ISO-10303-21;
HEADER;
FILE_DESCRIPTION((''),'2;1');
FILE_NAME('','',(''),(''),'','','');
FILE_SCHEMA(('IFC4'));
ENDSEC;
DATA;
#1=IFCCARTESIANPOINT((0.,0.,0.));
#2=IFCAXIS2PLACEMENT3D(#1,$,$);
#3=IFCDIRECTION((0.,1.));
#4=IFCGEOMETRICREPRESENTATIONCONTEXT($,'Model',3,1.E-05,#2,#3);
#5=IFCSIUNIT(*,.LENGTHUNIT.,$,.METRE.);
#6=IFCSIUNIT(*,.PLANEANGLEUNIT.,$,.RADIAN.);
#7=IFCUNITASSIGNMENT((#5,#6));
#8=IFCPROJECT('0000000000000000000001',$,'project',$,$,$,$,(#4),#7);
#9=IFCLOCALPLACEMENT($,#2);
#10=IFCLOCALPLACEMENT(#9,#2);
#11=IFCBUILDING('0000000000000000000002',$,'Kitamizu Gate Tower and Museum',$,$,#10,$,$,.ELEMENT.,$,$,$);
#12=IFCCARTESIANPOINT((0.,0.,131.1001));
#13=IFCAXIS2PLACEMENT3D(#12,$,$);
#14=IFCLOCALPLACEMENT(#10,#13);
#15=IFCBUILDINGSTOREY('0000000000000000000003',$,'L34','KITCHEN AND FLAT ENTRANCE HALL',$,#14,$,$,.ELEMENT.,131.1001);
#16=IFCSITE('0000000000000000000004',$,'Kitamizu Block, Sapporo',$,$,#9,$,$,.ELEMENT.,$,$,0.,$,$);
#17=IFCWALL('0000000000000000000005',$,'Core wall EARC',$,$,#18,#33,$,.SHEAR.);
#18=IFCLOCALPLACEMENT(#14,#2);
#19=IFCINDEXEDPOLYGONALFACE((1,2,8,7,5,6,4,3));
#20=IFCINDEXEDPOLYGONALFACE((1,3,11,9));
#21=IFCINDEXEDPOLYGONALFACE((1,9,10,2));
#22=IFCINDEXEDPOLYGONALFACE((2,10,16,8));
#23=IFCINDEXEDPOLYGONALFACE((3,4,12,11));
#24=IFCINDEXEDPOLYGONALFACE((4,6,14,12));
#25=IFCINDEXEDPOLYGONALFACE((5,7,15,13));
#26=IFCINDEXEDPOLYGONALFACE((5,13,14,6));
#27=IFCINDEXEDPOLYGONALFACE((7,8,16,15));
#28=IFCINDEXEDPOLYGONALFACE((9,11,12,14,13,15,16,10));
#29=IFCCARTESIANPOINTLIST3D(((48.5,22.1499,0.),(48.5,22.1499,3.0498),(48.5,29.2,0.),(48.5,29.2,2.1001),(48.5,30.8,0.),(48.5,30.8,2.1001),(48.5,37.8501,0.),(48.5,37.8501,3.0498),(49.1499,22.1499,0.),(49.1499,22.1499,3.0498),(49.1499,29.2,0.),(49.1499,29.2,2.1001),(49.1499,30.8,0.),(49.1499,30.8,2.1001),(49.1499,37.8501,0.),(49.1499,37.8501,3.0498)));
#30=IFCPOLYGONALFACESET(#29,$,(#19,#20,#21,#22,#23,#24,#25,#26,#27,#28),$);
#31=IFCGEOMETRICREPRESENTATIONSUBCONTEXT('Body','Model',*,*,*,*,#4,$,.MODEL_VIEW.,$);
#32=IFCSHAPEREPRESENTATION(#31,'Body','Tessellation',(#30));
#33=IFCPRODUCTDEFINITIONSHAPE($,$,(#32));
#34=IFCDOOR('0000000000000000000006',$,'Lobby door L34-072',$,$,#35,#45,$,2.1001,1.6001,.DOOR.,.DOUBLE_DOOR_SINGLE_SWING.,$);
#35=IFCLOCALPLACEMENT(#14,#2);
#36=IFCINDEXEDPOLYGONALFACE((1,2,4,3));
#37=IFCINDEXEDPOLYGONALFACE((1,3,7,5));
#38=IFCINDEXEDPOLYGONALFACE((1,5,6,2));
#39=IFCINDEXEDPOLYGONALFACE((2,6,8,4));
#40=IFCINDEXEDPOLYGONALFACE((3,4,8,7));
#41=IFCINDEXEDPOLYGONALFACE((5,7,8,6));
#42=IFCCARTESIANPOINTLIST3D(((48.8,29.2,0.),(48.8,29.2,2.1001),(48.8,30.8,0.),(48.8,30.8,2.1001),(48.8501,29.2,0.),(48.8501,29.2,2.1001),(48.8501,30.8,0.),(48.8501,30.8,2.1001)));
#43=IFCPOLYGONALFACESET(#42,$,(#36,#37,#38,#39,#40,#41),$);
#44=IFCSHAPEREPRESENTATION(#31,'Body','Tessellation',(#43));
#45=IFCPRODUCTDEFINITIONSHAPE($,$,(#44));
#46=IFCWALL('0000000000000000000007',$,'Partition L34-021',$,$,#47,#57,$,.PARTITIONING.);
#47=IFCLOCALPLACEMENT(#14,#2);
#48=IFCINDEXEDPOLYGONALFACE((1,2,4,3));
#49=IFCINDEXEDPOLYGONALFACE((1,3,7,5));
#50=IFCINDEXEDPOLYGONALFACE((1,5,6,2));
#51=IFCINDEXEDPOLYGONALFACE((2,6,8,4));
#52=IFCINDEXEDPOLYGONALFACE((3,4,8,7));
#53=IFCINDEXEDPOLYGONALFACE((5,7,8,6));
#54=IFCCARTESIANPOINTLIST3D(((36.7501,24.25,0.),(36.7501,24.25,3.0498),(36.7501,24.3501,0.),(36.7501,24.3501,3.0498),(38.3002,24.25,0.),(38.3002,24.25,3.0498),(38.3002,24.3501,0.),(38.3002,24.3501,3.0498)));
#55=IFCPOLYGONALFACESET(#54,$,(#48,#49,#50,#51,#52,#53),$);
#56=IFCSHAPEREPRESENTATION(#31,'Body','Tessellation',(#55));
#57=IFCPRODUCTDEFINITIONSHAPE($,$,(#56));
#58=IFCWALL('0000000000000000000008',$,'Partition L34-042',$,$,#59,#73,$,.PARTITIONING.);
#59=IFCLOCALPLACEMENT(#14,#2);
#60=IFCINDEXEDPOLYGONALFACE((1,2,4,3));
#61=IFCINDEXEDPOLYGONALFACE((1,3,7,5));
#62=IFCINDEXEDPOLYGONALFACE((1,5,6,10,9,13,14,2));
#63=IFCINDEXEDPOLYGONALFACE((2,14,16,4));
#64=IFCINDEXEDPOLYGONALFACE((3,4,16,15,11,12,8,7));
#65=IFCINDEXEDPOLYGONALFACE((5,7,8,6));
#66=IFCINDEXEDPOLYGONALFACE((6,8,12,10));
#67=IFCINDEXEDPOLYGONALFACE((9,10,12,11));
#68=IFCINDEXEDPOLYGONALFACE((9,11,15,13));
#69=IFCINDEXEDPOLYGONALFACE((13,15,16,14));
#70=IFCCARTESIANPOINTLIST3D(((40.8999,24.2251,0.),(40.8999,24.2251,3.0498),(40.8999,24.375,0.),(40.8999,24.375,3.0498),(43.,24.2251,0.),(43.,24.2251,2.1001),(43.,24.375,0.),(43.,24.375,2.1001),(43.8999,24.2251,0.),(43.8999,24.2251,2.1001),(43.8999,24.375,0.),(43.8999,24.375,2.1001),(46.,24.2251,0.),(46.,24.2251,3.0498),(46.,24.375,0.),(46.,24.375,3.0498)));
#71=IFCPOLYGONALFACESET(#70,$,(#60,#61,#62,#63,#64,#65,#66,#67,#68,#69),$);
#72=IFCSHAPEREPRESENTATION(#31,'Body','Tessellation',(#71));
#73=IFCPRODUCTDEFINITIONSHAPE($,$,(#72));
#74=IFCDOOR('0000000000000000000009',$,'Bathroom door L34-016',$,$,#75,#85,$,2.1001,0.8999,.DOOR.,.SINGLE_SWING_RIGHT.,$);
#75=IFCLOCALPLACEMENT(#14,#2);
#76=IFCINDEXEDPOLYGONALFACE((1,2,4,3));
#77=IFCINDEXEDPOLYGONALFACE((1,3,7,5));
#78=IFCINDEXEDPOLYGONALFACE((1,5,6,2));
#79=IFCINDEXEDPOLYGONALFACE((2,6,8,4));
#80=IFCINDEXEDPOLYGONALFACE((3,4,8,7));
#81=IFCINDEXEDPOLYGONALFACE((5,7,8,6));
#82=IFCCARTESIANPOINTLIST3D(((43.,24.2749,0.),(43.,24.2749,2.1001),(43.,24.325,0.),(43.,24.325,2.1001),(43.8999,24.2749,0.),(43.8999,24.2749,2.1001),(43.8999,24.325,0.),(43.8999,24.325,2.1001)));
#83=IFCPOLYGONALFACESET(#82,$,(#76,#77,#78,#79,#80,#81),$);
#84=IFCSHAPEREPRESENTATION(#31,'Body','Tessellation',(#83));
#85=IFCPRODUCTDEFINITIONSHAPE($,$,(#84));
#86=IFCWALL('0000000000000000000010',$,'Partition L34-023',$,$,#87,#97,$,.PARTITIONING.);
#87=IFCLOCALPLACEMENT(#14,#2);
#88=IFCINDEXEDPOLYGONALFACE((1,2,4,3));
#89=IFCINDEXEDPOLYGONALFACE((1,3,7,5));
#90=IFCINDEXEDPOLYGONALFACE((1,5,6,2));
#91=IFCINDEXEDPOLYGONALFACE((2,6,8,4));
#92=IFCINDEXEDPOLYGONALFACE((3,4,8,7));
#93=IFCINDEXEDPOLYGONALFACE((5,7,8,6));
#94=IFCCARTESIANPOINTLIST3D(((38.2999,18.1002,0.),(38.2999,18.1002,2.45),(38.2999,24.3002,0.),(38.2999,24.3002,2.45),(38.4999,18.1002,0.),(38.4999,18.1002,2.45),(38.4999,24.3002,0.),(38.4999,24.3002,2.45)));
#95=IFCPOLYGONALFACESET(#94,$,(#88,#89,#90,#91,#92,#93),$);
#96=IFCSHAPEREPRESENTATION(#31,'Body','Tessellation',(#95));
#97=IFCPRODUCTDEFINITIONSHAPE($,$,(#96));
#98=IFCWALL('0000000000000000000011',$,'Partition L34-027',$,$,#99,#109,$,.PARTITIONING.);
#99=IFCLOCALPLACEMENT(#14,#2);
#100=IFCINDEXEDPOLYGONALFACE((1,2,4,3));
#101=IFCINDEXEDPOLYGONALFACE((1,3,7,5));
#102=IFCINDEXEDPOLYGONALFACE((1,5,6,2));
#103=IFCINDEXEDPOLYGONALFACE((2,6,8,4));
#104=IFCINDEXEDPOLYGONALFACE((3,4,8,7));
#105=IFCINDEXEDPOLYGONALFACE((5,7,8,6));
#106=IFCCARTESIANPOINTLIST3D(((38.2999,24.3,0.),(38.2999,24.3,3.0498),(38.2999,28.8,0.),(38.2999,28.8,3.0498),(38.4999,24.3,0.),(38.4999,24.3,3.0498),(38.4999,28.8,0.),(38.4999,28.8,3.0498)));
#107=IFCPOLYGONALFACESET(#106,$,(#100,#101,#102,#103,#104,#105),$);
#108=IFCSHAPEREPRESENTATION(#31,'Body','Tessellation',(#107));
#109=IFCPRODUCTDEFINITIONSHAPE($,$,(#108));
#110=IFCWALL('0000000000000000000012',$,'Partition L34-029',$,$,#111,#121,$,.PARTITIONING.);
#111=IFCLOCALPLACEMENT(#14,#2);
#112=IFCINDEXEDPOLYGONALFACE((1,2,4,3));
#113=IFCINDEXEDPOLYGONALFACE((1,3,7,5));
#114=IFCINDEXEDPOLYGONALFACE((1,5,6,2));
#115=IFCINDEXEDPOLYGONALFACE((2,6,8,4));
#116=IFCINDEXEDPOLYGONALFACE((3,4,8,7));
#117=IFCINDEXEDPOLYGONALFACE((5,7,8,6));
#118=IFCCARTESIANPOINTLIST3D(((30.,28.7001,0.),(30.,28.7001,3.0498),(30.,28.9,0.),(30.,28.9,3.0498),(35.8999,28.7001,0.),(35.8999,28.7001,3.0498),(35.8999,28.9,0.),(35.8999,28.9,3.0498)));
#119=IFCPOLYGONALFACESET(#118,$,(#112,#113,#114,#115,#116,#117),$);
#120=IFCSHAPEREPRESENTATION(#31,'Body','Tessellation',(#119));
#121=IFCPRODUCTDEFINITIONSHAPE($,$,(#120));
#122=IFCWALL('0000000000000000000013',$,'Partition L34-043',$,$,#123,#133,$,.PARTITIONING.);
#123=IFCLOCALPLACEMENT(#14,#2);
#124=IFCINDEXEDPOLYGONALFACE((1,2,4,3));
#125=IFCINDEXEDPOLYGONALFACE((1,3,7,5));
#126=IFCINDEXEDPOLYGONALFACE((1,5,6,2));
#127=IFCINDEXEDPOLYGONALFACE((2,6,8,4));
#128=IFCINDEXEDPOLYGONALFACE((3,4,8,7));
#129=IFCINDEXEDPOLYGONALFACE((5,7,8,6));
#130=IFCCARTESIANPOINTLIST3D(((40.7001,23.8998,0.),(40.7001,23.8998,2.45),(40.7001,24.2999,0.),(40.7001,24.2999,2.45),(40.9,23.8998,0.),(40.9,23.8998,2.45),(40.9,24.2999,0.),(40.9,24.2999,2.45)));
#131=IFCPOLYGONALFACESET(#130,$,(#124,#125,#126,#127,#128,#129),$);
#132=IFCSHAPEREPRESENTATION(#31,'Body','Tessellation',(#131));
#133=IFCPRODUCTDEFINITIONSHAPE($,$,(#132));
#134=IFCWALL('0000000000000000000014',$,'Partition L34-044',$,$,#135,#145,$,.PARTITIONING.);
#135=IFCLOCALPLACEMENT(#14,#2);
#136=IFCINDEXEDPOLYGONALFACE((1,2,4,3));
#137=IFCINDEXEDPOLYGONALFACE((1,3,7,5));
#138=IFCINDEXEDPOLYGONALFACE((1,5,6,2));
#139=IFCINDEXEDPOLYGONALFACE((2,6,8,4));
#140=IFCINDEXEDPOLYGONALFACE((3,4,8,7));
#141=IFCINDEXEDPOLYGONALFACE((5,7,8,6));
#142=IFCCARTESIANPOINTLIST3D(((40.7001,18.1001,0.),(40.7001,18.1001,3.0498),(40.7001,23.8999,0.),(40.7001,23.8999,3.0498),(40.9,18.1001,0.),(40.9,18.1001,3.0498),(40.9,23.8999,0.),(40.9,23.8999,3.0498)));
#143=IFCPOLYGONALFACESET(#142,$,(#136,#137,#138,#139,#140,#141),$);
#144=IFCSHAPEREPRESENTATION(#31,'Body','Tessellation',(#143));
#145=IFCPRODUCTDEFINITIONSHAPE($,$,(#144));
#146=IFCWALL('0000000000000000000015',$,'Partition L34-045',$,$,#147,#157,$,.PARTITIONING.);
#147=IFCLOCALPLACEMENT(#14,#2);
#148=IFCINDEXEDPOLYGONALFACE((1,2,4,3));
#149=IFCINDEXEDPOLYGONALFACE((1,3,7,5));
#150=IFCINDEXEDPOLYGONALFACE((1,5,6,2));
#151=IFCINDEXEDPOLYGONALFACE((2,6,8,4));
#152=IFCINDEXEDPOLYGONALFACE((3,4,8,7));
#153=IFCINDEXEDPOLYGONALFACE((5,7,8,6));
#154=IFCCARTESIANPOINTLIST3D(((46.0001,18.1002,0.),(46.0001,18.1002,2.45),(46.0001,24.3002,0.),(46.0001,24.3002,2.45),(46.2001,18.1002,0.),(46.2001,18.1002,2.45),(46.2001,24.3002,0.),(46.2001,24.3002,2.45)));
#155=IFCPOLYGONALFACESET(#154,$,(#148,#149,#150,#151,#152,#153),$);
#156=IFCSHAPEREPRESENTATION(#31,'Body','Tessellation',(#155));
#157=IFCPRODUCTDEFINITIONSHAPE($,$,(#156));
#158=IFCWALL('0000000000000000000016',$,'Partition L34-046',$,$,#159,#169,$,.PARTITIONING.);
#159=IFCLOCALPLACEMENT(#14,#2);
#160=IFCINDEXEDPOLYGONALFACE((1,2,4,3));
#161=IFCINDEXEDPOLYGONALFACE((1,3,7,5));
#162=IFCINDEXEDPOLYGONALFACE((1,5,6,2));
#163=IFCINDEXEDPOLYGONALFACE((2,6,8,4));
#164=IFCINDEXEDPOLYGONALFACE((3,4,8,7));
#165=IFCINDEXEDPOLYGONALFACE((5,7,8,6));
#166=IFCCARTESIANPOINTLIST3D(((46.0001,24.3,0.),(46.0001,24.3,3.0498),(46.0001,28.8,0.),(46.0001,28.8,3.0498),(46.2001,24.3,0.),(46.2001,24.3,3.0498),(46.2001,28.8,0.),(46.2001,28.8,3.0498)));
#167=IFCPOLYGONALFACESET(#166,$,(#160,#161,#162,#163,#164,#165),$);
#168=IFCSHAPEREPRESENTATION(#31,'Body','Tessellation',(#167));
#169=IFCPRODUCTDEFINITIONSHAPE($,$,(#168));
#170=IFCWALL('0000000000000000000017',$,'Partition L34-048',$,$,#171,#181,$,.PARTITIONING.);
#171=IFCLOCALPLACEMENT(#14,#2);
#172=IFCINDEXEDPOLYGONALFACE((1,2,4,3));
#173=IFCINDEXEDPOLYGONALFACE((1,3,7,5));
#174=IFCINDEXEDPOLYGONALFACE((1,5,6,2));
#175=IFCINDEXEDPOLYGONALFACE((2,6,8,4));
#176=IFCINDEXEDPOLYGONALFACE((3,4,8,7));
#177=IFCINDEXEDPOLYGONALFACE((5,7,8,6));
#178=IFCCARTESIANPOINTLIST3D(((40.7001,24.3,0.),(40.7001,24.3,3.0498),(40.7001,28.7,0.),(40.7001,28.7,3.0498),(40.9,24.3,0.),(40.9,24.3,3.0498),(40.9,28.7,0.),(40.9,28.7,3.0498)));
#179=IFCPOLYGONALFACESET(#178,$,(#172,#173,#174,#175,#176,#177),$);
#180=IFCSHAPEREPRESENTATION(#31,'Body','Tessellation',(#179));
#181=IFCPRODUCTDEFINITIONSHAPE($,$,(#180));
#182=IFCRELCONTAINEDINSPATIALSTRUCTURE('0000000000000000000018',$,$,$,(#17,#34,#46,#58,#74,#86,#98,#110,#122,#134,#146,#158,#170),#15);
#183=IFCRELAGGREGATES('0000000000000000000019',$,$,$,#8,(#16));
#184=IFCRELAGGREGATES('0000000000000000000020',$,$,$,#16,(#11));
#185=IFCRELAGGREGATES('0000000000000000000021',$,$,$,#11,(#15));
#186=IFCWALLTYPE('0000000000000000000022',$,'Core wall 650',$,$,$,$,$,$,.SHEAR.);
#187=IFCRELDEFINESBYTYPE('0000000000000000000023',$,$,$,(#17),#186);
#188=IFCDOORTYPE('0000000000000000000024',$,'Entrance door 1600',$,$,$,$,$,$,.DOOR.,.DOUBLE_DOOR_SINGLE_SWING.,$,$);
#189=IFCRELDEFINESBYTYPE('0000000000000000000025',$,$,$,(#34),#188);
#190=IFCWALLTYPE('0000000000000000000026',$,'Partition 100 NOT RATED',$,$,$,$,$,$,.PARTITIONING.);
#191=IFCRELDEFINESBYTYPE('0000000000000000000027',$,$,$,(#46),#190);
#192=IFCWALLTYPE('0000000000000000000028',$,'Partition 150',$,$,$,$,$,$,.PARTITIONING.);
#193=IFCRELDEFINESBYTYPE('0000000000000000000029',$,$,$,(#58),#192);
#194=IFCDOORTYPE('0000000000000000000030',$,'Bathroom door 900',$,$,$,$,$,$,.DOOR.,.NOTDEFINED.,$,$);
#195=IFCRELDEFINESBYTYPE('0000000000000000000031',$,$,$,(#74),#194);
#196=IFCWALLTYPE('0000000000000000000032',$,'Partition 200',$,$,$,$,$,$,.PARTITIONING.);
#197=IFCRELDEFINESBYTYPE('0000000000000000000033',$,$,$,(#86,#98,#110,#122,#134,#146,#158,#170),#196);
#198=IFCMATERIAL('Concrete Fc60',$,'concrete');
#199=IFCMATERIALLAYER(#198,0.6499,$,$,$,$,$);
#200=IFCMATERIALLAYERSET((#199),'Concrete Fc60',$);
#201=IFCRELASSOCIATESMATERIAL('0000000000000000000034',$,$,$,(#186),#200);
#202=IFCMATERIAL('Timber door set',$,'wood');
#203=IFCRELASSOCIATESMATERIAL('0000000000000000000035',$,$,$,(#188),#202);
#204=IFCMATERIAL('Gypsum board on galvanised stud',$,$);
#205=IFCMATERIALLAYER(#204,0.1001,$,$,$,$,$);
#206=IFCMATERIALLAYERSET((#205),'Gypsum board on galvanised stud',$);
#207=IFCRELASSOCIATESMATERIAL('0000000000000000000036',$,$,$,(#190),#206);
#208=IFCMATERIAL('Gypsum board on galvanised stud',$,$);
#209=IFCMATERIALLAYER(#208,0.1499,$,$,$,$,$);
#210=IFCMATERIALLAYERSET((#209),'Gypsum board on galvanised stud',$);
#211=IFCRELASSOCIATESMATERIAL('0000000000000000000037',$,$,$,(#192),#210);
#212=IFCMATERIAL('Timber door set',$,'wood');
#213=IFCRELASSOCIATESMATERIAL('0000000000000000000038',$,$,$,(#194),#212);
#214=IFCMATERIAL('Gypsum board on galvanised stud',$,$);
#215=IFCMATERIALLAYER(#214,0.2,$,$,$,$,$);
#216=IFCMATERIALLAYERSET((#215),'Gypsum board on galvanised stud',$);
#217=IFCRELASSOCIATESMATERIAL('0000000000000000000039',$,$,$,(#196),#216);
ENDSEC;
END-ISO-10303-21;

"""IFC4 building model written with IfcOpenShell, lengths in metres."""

from ifc_helpers import new_model, si_unit, direction, frame, frame_2d, origin, place, context, subcontext, project, spatial, rectangle, extrude, material, layer, layer_set, type_object, element, fill, save


model = new_model("IFC4")

# Units and contexts
model_context = context("Model", 3, precision=1e-05, world=origin(), true_north=direction((0.0, 1.0)))
body_context = subcontext(model_context, "Body", "Model", "MODEL_VIEW")
ifc_project = project(units=[si_unit("LENGTHUNIT", "METRE"), si_unit("PLANEANGLEUNIT", "RADIAN")], contexts=[model_context])

# Site, building, storey
site_placement = place(None, origin())
site = spatial("IfcSite", under=ifc_project, at=site_placement, Name="Kitamizu Block, Sapporo", CompositionType="ELEMENT", RefElevation=0.0)
building_placement = place(site_placement, origin())
building = spatial("IfcBuilding", under=site, at=building_placement, Name="Kitamizu Gate Tower and Museum", CompositionType="ELEMENT")
storey_placement = place(building_placement, frame((0.0, 0.0, 131.1001)))
storey = spatial("IfcBuildingStorey", under=building, at=storey_placement, Name="L34", Description="KITCHEN AND FLAT ENTRANCE HALL", CompositionType="ELEMENT", Elevation=131.1001)

# Wall, opening, door
ifc_material_1 = material(Name="Concrete Fc60", Category="concrete")
ifc_layer_1 = layer(ifc_material_1, 0.6499)
ifc_layer_set_1 = layer_set([ifc_layer_1], Name="Concrete Fc60")
wall_type_1 = type_object("IfcWallType", Name="Core wall 650", PredefinedType="SHEAR", material=ifc_layer_set_1)
wall_1_placement = place(storey_placement, frame((48.825, 22.1499, 0.0), z_axis=(0.0, 0.0, 1.0), x_axis=(0.0, 1.0, 0.0)))
wall_1 = element("IfcWall", 1, at=wall_1_placement, inside=storey, type_object=wall_type_1, Name="Core wall EARC", PredefinedType="SHEAR", context=body_context, shape_type="SweptSolid", body=[
    extrude(rectangle(XDim=15.7002, YDim=0.6499, at=frame_2d((7.8501, 0.0))), origin(), (0.0, 0.0, 1.0), 3.0498),
])
opening_1_placement = place(wall_1_placement, frame((7.05, 0.0, 0.0)))
opening_1 = element("IfcOpeningElement", 2, at=opening_1_placement, cuts=wall_1, PredefinedType="OPENING", context=body_context, shape_type="SweptSolid", body=[
    extrude(rectangle(XDim=1.6001, YDim=2.1001, at=frame_2d((0.8, 1.05))), frame((0.0, 0.335, 0.0), z_axis=(0.0, -1.0, 0.0), x_axis=(1.0, 0.0, 0.0)), (0.0, 0.0, 1.0), 0.6699),
])
ifc_material_2 = material(Name="Timber door set", Category="wood")
door_type_1 = type_object("IfcDoorType", Name="Entrance door 1600", OperationType="DOUBLE_DOOR_SINGLE_SWING", PredefinedType="DOOR", material=ifc_material_2)
door_1_placement = place(opening_1_placement, origin())
door_1 = element("IfcDoor", 3, at=door_1_placement, inside=storey, type_object=door_type_1, Name="Lobby door L34-072", OperationType="DOUBLE_DOOR_SINGLE_SWING", OverallHeight=2.1001, OverallWidth=1.6001, PredefinedType="DOOR", context=body_context, shape_type="SweptSolid", body=[
    extrude(rectangle(XDim=1.6001, YDim=2.1001, at=frame_2d((0.8, 1.05))), frame((0.0, 0.0249, 0.0), z_axis=(0.0, -1.0, 0.0), x_axis=(1.0, 0.0, 0.0)), (0.0, 0.0, 1.0), 0.05),
])
fill(opening_1, door_1)

# Wall
ifc_material_3 = material(Name="Gypsum board on galvanised stud")
ifc_layer_2 = layer(ifc_material_3, 0.1001)
ifc_layer_set_2 = layer_set([ifc_layer_2], Name="Gypsum board on galvanised stud")
wall_type_2 = type_object("IfcWallType", Name="Partition 100 NOT RATED", PredefinedType="PARTITIONING", material=ifc_layer_set_2)
wall_2_placement = place(storey_placement, frame((38.3, 24.3, 0.0), z_axis=(0.0, 0.0, 1.0), x_axis=(-1.0, 0.0, 0.0)))
element("IfcWall", 4, at=wall_2_placement, inside=storey, type_object=wall_type_2, Name="Partition L34-021", PredefinedType="PARTITIONING", context=body_context, shape_type="SweptSolid", body=[
    extrude(rectangle(XDim=1.55, YDim=0.1001, at=frame_2d((0.7749, 0.0))), origin(), (0.0, 0.0, 1.0), 3.0498),
])

# Wall, opening, door
ifc_material_4 = material(Name="Gypsum board on galvanised stud")
ifc_layer_3 = layer(ifc_material_4, 0.1499)
ifc_layer_set_3 = layer_set([ifc_layer_3], Name="Gypsum board on galvanised stud")
wall_type_3 = type_object("IfcWallType", Name="Partition 150", PredefinedType="PARTITIONING", material=ifc_layer_set_3)
wall_3_placement = place(storey_placement, frame((46.0, 24.3, 0.0), z_axis=(0.0, 0.0, 1.0), x_axis=(-1.0, 0.0, 0.0)))
wall_3 = element("IfcWall", 5, at=wall_3_placement, inside=storey, type_object=wall_type_3, Name="Partition L34-042", PredefinedType="PARTITIONING", context=body_context, shape_type="SweptSolid", body=[
    extrude(rectangle(XDim=5.1001, YDim=0.1499, at=frame_2d((2.55, 0.0))), origin(), (0.0, 0.0, 1.0), 3.0498),
])
opening_2_placement = place(wall_3_placement, frame((2.1001, 0.0, 0.0)))
opening_2 = element("IfcOpeningElement", 6, at=opening_2_placement, cuts=wall_3, PredefinedType="OPENING", context=body_context, shape_type="SweptSolid", body=[
    extrude(rectangle(XDim=0.8999, YDim=2.1001, at=frame_2d((0.45, 1.05))), frame((0.0, 0.085, 0.0), z_axis=(0.0, -1.0, 0.0), x_axis=(1.0, 0.0, 0.0)), (0.0, 0.0, 1.0), 0.1699),
])
ifc_material_5 = material(Name="Timber door set", Category="wood")
door_type_2 = type_object("IfcDoorType", Name="Bathroom door 900", OperationType="NOTDEFINED", PredefinedType="DOOR", material=ifc_material_5)
door_2_placement = place(opening_2_placement, frame((0.8999, 0.0, 0.0), x_axis=(-1.0, 0.0, 0.0)))
door_2 = element("IfcDoor", 7, at=door_2_placement, inside=storey, type_object=door_type_2, Name="Bathroom door L34-016", OperationType="SINGLE_SWING_RIGHT", OverallHeight=2.1001, OverallWidth=0.8999, PredefinedType="DOOR", context=body_context, shape_type="SweptSolid", body=[
    extrude(rectangle(XDim=0.8999, YDim=2.1001, at=frame_2d((0.45, 1.05))), frame((0.0, 0.0249, 0.0), z_axis=(0.0, -1.0, 0.0), x_axis=(1.0, 0.0, 0.0)), (0.0, 0.0, 1.0), 0.05),
])
fill(opening_2, door_2)

# Walls
ifc_material_6 = material(Name="Gypsum board on galvanised stud")
ifc_layer_4 = layer(ifc_material_6, 0.2)
ifc_layer_set_4 = layer_set([ifc_layer_4], Name="Gypsum board on galvanised stud")
wall_type_4 = type_object("IfcWallType", Name="Partition 200", PredefinedType="PARTITIONING", material=ifc_layer_set_4)
wall_4_placement = place(storey_placement, frame((38.3999, 18.1001, 0.0), z_axis=(0.0, 0.0, 1.0), x_axis=(0.0, 1.0, 0.0)))
element("IfcWall", 8, at=wall_4_placement, inside=storey, type_object=wall_type_4, Name="Partition L34-023", PredefinedType="PARTITIONING", context=body_context, shape_type="SweptSolid", body=[
    extrude(rectangle(XDim=6.2, YDim=0.2, at=frame_2d((3.1001, 0.0))), origin(), (0.0, 0.0, 1.0), 2.45),
])
wall_5_placement = place(storey_placement, frame((38.3999, 24.3, 0.0), z_axis=(0.0, 0.0, 1.0), x_axis=(0.0, 1.0, 0.0)))
element("IfcWall", 9, at=wall_5_placement, inside=storey, type_object=wall_type_4, Name="Partition L34-027", PredefinedType="PARTITIONING", context=body_context, shape_type="SweptSolid", body=[
    extrude(rectangle(XDim=4.5, YDim=0.2, at=frame_2d((2.25, 0.0))), origin(), (0.0, 0.0, 1.0), 3.0498),
])
wall_6_placement = place(storey_placement, frame((35.8999, 28.8, 0.0), z_axis=(0.0, 0.0, 1.0), x_axis=(-1.0, 0.0, 0.0)))
element("IfcWall", 10, at=wall_6_placement, inside=storey, type_object=wall_type_4, Name="Partition L34-029", PredefinedType="PARTITIONING", context=body_context, shape_type="SweptSolid", body=[
    extrude(rectangle(XDim=5.8999, YDim=0.2, at=frame_2d((2.95, 0.0))), origin(), (0.0, 0.0, 1.0), 3.0498),
])
wall_7_placement = place(storey_placement, frame((40.8, 24.3, 0.0), z_axis=(0.0, 0.0, 1.0), x_axis=(0.0, -1.0, 0.0)))
element("IfcWall", 11, at=wall_7_placement, inside=storey, type_object=wall_type_4, Name="Partition L34-043", PredefinedType="PARTITIONING", context=body_context, shape_type="SweptSolid", body=[
    extrude(rectangle(XDim=0.4001, YDim=0.2, at=frame_2d((0.2002, 0.0))), origin(), (0.0, 0.0, 1.0), 2.45),
])
wall_8_placement = place(storey_placement, frame((40.8, 23.8999, 0.0), z_axis=(0.0, 0.0, 1.0), x_axis=(0.0, -1.0, 0.0)))
element("IfcWall", 12, at=wall_8_placement, inside=storey, type_object=wall_type_4, Name="Partition L34-044", PredefinedType="PARTITIONING", context=body_context, shape_type="SweptSolid", body=[
    extrude(rectangle(XDim=5.7998, YDim=0.2, at=frame_2d((2.8999, 0.0))), origin(), (0.0, 0.0, 1.0), 3.0498),
])
wall_9_placement = place(storey_placement, frame((46.1001, 18.1001, 0.0), z_axis=(0.0, 0.0, 1.0), x_axis=(0.0, 1.0, 0.0)))
element("IfcWall", 13, at=wall_9_placement, inside=storey, type_object=wall_type_4, Name="Partition L34-045", PredefinedType="PARTITIONING", context=body_context, shape_type="SweptSolid", body=[
    extrude(rectangle(XDim=6.2, YDim=0.2, at=frame_2d((3.1001, 0.0))), origin(), (0.0, 0.0, 1.0), 2.45),
])
wall_10_placement = place(storey_placement, frame((46.1001, 24.3, 0.0), z_axis=(0.0, 0.0, 1.0), x_axis=(0.0, 1.0, 0.0)))
element("IfcWall", 14, at=wall_10_placement, inside=storey, type_object=wall_type_4, Name="Partition L34-046", PredefinedType="PARTITIONING", context=body_context, shape_type="SweptSolid", body=[
    extrude(rectangle(XDim=4.5, YDim=0.2, at=frame_2d((2.25, 0.0))), origin(), (0.0, 0.0, 1.0), 3.0498),
])
wall_11_placement = place(storey_placement, frame((40.8, 28.7, 0.0), z_axis=(0.0, 0.0, 1.0), x_axis=(0.0, -1.0, 0.0)))
element("IfcWall", 15, at=wall_11_placement, inside=storey, type_object=wall_type_4, Name="Partition L34-048", PredefinedType="PARTITIONING", context=body_context, shape_type="SweptSolid", body=[
    extrude(rectangle(XDim=4.3999, YDim=0.2, at=frame_2d((2.2, 0.0))), origin(), (0.0, 0.0, 1.0), 3.0498),
])

save(model, "model.ifc")
